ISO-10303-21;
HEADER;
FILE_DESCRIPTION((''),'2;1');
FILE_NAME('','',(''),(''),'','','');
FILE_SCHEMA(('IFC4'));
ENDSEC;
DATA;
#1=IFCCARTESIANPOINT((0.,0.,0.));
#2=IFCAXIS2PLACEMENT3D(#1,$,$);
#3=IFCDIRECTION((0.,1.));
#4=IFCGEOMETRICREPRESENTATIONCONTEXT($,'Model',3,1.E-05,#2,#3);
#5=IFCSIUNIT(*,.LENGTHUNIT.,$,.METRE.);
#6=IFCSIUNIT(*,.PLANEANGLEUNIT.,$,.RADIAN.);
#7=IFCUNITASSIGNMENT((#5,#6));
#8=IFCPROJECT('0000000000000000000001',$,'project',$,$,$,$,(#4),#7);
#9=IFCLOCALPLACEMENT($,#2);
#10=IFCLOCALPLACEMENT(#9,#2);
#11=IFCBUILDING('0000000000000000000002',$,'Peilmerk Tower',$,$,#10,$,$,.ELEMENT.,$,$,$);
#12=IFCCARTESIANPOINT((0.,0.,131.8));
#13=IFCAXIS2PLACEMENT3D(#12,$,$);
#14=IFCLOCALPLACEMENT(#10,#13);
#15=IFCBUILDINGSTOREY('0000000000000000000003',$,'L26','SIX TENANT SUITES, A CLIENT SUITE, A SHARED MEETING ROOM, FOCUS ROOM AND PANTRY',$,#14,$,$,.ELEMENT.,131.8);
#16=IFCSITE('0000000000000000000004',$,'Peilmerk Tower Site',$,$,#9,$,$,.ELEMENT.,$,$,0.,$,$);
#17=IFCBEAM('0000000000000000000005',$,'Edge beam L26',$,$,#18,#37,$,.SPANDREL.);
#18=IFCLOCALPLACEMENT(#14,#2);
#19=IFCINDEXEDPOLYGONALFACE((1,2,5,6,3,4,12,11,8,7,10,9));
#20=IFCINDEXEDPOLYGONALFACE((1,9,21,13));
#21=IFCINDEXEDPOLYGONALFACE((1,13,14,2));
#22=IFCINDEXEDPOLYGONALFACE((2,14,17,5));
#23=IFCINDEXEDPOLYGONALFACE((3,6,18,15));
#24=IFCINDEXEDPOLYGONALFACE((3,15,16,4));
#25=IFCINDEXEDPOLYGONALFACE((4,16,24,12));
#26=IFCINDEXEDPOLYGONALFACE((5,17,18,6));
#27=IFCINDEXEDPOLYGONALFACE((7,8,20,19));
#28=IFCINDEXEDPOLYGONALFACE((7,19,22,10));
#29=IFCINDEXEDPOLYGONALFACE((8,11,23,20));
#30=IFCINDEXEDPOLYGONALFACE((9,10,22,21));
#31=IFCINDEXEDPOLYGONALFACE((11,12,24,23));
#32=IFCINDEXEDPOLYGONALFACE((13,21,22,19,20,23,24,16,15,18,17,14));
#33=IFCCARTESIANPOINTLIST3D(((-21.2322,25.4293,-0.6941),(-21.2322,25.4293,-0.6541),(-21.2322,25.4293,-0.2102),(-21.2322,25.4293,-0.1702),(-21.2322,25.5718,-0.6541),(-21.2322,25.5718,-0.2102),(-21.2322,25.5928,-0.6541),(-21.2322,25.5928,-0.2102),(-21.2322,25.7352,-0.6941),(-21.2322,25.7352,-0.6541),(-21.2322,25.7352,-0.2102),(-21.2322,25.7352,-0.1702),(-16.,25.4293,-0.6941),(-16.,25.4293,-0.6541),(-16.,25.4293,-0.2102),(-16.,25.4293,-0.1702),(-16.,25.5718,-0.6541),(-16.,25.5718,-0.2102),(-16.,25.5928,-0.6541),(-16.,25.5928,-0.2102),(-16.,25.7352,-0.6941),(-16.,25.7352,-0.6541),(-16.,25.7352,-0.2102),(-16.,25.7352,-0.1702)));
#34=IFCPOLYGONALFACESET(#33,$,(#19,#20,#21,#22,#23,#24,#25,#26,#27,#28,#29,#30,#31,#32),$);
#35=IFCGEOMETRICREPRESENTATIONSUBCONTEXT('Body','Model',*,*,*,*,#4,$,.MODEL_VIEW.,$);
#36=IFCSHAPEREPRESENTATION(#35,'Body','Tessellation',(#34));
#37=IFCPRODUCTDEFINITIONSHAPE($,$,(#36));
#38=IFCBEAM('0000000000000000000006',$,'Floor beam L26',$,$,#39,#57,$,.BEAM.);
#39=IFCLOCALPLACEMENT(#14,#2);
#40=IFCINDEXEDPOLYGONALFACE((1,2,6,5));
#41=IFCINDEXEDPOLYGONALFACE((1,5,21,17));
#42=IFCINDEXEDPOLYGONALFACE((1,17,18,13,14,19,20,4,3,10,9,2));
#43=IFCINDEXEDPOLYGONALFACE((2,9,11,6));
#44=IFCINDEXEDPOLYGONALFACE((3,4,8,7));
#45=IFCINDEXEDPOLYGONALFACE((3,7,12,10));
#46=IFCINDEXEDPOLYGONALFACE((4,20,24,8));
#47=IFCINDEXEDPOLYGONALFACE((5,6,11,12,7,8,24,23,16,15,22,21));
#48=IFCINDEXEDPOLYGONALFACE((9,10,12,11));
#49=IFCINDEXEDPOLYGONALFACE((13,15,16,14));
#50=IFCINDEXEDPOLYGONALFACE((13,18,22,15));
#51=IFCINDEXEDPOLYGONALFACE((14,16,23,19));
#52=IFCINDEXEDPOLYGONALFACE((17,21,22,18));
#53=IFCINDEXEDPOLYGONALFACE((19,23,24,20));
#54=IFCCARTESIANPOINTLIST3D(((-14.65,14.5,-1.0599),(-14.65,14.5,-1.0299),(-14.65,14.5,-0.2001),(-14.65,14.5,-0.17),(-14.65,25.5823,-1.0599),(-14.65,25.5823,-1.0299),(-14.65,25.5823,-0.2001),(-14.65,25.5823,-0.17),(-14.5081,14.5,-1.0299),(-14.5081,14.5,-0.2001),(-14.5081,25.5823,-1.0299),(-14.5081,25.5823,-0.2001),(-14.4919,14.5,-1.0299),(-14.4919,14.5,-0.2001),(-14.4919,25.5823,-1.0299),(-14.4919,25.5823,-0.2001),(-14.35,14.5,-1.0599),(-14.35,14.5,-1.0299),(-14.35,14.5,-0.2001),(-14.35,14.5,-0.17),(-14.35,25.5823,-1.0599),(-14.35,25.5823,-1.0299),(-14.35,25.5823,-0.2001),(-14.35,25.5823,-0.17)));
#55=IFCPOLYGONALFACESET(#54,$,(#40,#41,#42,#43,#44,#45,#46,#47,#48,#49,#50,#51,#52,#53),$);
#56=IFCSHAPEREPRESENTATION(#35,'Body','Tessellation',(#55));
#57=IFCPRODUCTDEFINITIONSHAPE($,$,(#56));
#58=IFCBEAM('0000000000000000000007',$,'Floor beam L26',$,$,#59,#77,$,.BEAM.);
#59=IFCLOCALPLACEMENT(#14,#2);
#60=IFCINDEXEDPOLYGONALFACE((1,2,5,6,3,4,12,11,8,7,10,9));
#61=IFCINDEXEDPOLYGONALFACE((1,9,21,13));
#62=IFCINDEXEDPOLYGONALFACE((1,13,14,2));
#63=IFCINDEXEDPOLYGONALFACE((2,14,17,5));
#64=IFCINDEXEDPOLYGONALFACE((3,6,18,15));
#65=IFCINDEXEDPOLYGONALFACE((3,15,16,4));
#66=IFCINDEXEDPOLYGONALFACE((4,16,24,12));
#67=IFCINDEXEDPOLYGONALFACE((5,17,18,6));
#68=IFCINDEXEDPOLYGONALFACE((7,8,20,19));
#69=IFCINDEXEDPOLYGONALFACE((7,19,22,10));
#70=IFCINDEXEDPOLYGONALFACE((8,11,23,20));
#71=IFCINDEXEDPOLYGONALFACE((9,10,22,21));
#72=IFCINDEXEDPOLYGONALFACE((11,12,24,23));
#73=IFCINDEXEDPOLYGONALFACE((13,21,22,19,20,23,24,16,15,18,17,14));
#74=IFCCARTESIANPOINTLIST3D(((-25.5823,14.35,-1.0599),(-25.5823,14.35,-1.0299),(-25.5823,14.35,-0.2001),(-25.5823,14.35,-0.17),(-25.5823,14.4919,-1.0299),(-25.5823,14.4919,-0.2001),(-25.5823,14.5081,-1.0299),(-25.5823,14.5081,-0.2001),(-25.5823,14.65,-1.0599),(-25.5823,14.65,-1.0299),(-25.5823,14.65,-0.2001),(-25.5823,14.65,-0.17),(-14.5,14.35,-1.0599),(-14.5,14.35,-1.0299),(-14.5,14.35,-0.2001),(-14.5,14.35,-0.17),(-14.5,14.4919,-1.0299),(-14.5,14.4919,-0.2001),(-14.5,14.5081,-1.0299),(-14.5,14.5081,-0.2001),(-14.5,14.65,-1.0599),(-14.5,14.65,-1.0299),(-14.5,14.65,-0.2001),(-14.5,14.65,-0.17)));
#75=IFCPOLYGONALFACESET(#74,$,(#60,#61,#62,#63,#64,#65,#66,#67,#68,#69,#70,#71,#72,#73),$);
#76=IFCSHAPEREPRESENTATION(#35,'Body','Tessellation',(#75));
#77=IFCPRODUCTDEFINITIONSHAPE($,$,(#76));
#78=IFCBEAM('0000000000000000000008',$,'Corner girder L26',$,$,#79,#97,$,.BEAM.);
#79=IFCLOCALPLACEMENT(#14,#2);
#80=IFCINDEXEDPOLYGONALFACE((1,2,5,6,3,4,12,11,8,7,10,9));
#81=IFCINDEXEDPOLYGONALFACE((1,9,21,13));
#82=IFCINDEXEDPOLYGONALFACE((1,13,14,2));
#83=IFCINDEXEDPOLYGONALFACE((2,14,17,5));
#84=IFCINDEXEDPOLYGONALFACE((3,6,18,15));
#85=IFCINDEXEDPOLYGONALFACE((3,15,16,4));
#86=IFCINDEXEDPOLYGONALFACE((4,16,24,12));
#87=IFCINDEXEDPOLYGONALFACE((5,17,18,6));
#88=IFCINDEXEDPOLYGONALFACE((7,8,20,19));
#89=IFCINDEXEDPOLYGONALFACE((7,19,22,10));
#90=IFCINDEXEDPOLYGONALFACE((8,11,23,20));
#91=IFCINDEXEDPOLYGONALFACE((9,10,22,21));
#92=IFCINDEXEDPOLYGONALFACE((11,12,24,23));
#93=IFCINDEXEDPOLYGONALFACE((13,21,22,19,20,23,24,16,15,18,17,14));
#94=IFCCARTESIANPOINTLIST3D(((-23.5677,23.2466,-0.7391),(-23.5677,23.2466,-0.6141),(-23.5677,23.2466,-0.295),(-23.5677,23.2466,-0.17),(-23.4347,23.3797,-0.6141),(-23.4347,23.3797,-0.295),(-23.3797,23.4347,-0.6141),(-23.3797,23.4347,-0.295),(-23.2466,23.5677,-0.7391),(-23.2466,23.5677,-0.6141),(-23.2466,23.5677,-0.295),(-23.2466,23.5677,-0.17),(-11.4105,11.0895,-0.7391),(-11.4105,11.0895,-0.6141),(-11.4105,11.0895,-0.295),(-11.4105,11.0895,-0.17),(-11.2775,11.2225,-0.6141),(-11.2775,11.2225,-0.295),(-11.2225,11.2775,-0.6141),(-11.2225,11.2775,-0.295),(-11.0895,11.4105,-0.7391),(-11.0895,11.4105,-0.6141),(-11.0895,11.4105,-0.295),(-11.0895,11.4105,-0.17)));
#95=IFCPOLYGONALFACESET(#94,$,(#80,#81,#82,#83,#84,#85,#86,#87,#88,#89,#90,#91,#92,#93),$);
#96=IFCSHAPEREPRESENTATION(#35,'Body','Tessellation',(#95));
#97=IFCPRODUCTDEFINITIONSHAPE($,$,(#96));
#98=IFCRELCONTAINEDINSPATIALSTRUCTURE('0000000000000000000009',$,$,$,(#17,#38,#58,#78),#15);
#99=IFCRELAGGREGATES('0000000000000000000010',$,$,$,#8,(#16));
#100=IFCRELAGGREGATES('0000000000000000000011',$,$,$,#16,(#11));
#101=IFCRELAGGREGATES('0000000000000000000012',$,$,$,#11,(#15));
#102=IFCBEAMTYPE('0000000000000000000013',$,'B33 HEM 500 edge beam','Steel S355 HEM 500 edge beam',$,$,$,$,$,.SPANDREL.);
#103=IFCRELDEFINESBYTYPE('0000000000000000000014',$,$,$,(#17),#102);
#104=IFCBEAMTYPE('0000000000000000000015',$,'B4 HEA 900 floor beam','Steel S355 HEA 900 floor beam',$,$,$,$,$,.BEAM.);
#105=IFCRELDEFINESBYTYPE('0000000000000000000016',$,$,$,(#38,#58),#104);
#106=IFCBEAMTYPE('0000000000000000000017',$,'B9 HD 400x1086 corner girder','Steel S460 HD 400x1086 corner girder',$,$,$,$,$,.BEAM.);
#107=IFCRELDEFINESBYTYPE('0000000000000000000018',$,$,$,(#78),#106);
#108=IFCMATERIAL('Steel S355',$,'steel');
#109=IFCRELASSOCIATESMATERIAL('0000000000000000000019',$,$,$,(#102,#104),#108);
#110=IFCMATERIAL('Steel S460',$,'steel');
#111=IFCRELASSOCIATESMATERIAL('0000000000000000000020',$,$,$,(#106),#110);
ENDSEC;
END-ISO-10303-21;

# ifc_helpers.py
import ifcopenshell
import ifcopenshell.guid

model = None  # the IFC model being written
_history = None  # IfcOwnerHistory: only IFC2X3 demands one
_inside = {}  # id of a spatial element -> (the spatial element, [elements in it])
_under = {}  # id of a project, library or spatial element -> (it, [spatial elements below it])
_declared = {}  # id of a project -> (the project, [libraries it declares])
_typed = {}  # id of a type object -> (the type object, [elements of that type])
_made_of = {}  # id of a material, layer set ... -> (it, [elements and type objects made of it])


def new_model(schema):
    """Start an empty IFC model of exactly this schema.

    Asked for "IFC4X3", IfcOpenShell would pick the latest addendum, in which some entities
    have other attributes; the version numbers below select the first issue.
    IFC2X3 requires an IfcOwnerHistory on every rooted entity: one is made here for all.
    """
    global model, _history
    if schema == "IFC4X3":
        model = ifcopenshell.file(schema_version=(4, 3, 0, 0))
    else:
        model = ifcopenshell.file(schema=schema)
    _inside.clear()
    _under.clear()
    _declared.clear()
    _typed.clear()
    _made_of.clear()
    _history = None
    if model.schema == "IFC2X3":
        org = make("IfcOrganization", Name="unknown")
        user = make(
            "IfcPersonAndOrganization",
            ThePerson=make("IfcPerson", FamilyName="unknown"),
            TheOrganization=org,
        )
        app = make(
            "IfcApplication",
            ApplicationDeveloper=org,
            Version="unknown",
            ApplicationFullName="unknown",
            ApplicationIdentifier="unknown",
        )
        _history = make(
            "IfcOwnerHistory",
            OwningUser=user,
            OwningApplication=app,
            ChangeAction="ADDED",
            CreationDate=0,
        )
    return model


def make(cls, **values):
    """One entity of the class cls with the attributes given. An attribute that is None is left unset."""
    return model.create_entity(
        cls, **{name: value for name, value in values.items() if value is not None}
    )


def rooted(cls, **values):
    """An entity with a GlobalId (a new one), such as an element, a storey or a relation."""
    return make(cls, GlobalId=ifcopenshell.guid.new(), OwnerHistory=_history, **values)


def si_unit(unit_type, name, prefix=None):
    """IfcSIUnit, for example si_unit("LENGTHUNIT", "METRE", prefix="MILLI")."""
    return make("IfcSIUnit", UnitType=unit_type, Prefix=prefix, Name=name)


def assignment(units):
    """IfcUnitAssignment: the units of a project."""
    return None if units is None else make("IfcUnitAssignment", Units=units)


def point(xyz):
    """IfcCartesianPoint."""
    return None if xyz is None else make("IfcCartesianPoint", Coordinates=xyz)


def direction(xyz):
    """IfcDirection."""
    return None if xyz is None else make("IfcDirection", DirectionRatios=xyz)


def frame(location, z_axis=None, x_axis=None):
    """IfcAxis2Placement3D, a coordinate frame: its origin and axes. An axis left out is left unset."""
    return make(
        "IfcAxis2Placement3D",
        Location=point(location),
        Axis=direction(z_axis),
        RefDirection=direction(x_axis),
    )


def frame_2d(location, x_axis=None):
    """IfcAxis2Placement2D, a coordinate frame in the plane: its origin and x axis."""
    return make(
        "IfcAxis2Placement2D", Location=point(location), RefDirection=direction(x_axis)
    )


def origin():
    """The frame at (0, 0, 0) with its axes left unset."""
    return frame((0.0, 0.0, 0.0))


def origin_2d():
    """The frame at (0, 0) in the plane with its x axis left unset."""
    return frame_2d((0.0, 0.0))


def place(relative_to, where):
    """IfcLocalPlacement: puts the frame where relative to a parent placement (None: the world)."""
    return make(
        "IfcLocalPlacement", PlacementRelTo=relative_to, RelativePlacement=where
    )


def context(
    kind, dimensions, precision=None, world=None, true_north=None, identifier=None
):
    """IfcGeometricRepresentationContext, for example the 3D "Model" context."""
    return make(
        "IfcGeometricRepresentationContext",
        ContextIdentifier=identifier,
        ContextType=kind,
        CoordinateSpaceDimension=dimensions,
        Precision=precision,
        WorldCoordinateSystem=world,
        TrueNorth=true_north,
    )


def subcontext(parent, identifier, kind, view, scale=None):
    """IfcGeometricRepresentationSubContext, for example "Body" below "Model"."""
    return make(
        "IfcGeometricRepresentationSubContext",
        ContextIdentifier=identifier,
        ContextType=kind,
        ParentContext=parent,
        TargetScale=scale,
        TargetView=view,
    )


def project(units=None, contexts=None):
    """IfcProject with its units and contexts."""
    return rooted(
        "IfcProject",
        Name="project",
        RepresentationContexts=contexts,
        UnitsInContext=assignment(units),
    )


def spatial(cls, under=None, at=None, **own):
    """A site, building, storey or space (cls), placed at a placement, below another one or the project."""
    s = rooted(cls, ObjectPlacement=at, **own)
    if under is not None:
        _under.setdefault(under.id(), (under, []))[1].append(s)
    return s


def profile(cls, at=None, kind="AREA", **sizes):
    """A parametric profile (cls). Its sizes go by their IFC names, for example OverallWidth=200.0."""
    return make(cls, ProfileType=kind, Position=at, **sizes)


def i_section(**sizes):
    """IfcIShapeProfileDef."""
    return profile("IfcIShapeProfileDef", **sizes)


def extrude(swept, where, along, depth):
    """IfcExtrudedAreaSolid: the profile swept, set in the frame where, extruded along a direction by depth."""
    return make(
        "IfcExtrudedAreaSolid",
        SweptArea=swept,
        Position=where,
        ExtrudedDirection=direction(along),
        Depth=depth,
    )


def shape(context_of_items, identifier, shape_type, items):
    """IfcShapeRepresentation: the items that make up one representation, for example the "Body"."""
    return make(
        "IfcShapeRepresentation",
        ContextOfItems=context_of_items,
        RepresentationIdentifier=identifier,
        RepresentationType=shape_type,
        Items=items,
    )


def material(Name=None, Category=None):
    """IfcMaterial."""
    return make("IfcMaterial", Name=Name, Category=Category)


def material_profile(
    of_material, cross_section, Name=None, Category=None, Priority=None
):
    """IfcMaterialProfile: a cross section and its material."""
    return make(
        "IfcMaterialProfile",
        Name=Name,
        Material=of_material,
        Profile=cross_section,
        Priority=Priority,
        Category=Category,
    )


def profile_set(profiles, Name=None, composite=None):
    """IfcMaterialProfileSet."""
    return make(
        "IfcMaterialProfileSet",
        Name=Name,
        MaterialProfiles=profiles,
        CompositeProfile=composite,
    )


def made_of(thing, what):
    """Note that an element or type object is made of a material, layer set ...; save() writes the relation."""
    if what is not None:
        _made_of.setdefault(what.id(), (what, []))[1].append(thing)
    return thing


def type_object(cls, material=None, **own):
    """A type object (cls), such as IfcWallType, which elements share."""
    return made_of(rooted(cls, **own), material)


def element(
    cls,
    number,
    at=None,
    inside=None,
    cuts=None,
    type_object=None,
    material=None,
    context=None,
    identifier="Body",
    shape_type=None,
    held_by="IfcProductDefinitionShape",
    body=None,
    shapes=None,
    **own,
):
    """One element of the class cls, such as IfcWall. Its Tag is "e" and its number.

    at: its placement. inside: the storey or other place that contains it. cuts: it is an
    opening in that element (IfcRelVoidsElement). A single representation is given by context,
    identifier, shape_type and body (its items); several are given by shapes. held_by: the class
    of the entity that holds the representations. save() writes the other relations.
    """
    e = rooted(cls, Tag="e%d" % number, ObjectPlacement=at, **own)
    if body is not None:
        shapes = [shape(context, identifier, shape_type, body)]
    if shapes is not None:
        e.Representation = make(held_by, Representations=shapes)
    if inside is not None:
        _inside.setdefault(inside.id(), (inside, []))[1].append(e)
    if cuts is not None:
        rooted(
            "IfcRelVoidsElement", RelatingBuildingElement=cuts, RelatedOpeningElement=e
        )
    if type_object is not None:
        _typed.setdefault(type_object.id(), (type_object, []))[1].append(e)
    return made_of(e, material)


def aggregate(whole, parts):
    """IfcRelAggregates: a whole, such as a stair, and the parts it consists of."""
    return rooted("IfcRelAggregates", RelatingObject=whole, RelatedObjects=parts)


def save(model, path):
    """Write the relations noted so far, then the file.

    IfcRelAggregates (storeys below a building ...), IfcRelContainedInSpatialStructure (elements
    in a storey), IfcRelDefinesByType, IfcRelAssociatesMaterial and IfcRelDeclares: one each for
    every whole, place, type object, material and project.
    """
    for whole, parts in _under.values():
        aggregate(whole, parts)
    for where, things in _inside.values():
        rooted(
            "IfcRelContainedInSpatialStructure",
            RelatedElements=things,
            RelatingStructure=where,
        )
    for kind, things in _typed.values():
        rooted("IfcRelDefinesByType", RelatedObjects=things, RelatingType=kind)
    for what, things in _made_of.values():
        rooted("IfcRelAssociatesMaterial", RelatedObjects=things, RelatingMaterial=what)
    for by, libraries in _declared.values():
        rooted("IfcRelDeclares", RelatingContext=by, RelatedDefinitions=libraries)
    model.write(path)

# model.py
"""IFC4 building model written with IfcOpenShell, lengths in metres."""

from ifc_helpers import new_model, si_unit, direction, frame, origin, origin_2d, place, context, subcontext, project, spatial, i_section, extrude, material, material_profile, profile_set, type_object, element, save


model = new_model("IFC4")

# Units and contexts
model_context = context("Model", 3, precision=1e-05, world=origin(), true_north=direction((0.0, 1.0)))
body_context = subcontext(model_context, "Body", "Model", "MODEL_VIEW")
ifc_project = project(units=[si_unit("LENGTHUNIT", "METRE"), si_unit("PLANEANGLEUNIT", "RADIAN")], contexts=[model_context])

# Site, building, storey
site_placement = place(None, origin())
site = spatial("IfcSite", under=ifc_project, at=site_placement, Name="Peilmerk Tower Site", CompositionType="ELEMENT", RefElevation=0.0)
building_placement = place(site_placement, origin())
building = spatial("IfcBuilding", under=site, at=building_placement, Name="Peilmerk Tower", CompositionType="ELEMENT")
storey_placement = place(building_placement, frame((0.0, 0.0, 131.8)))
storey = spatial("IfcBuildingStorey", under=building, at=storey_placement, Name="L26", Description="SIX TENANT SUITES, A CLIENT SUITE, A SHARED MEETING ROOM, FOCUS ROOM AND PANTRY", CompositionType="ELEMENT", Elevation=131.8)

# Beams
ifc_material_1 = material(Name="Steel S355", Category="steel")
ifc_material_profile_1 = material_profile(ifc_material_1, i_section(OverallWidth=0.3059, OverallDepth=0.5239, WebThickness=0.021, FlangeThickness=0.04, at=origin_2d()), Name="HEM 500")
ifc_profile_set_1 = profile_set([ifc_material_profile_1], Name="Steel S355")
beam_type_1 = type_object("IfcBeamType", Name="B33 HEM 500 edge beam", Description="Steel S355 HEM 500 edge beam", PredefinedType="SPANDREL", material=ifc_profile_set_1)
beam_1_placement = place(storey_placement, frame((-16.0, 25.5823, -0.4321), z_axis=(-1.0, 0.0, 0.0), x_axis=(0.0, -1.0, 0.0)))
element("IfcBeam", 1, at=beam_1_placement, inside=storey, type_object=beam_type_1, Name="Edge beam L26", PredefinedType="SPANDREL", context=body_context, shape_type="SweptSolid", body=[
    extrude(i_section(OverallWidth=0.3059, OverallDepth=0.5239, WebThickness=0.021, FlangeThickness=0.04, at=origin_2d()), origin(), (0.0, 0.0, 1.0), 5.2322),
])
ifc_material_profile_2 = material_profile(ifc_material_1, i_section(OverallWidth=0.3, OverallDepth=0.8899, WebThickness=0.0161, FlangeThickness=0.03, at=origin_2d()), Name="HEA 900")
ifc_profile_set_2 = profile_set([ifc_material_profile_2], Name="Steel S355")
beam_type_2 = type_object("IfcBeamType", Name="B4 HEA 900 floor beam", Description="Steel S355 HEA 900 floor beam", PredefinedType="BEAM", material=ifc_profile_set_2)
for number, where, z_axis, x_axis, name in (
    (2, (-14.5, 14.5, -0.615), (0.0, 1.0, 0.0), (-1.0, 0.0, 0.0), "Floor beam L26"),
    (3, (-14.5, 14.5, -0.615), (-1.0, 0.0, 0.0), (0.0, -1.0, 0.0), "Floor beam L26"),
):
    element("IfcBeam", number, at=place(storey_placement, frame(where, z_axis=z_axis, x_axis=x_axis)), inside=storey, type_object=beam_type_2, Name=name, PredefinedType="BEAM", context=body_context, shape_type="SweptSolid", body=[
        extrude(i_section(OverallWidth=0.3, OverallDepth=0.8899, WebThickness=0.0161, FlangeThickness=0.03, at=origin_2d()), origin(), (0.0, 0.0, 1.0), 11.0823),
    ])
ifc_material_2 = material(Name="Steel S460", Category="steel")
ifc_material_profile_3 = material_profile(ifc_material_2, i_section(OverallWidth=0.4541, OverallDepth=0.5691, WebThickness=0.0779, FlangeThickness=0.125, at=origin_2d()), Name="HD 400x1086")
ifc_profile_set_3 = profile_set([ifc_material_profile_3], Name="Steel S460")
beam_type_3 = type_object("IfcBeamType", Name="B9 HD 400x1086 corner girder", Description="Steel S460 HD 400x1086 corner girder", PredefinedType="BEAM", material=ifc_profile_set_3)
beam_2_placement = place(storey_placement, frame((-11.25, 11.25, -0.4546), z_axis=(-0.707107, 0.707107, 0.0), x_axis=(-0.707107, -0.707107, 0.0)))
element("IfcBeam", 4, at=beam_2_placement, inside=storey, type_object=beam_type_3, Name="Corner girder L26", PredefinedType="BEAM", context=body_context, shape_type="SweptSolid", body=[
    extrude(i_section(OverallWidth=0.4541, OverallDepth=0.5691, WebThickness=0.0779, FlangeThickness=0.125, at=origin_2d()), origin(), (0.0, 0.0, 1.0), 17.1929),
])

save(model, "model.ifc")
